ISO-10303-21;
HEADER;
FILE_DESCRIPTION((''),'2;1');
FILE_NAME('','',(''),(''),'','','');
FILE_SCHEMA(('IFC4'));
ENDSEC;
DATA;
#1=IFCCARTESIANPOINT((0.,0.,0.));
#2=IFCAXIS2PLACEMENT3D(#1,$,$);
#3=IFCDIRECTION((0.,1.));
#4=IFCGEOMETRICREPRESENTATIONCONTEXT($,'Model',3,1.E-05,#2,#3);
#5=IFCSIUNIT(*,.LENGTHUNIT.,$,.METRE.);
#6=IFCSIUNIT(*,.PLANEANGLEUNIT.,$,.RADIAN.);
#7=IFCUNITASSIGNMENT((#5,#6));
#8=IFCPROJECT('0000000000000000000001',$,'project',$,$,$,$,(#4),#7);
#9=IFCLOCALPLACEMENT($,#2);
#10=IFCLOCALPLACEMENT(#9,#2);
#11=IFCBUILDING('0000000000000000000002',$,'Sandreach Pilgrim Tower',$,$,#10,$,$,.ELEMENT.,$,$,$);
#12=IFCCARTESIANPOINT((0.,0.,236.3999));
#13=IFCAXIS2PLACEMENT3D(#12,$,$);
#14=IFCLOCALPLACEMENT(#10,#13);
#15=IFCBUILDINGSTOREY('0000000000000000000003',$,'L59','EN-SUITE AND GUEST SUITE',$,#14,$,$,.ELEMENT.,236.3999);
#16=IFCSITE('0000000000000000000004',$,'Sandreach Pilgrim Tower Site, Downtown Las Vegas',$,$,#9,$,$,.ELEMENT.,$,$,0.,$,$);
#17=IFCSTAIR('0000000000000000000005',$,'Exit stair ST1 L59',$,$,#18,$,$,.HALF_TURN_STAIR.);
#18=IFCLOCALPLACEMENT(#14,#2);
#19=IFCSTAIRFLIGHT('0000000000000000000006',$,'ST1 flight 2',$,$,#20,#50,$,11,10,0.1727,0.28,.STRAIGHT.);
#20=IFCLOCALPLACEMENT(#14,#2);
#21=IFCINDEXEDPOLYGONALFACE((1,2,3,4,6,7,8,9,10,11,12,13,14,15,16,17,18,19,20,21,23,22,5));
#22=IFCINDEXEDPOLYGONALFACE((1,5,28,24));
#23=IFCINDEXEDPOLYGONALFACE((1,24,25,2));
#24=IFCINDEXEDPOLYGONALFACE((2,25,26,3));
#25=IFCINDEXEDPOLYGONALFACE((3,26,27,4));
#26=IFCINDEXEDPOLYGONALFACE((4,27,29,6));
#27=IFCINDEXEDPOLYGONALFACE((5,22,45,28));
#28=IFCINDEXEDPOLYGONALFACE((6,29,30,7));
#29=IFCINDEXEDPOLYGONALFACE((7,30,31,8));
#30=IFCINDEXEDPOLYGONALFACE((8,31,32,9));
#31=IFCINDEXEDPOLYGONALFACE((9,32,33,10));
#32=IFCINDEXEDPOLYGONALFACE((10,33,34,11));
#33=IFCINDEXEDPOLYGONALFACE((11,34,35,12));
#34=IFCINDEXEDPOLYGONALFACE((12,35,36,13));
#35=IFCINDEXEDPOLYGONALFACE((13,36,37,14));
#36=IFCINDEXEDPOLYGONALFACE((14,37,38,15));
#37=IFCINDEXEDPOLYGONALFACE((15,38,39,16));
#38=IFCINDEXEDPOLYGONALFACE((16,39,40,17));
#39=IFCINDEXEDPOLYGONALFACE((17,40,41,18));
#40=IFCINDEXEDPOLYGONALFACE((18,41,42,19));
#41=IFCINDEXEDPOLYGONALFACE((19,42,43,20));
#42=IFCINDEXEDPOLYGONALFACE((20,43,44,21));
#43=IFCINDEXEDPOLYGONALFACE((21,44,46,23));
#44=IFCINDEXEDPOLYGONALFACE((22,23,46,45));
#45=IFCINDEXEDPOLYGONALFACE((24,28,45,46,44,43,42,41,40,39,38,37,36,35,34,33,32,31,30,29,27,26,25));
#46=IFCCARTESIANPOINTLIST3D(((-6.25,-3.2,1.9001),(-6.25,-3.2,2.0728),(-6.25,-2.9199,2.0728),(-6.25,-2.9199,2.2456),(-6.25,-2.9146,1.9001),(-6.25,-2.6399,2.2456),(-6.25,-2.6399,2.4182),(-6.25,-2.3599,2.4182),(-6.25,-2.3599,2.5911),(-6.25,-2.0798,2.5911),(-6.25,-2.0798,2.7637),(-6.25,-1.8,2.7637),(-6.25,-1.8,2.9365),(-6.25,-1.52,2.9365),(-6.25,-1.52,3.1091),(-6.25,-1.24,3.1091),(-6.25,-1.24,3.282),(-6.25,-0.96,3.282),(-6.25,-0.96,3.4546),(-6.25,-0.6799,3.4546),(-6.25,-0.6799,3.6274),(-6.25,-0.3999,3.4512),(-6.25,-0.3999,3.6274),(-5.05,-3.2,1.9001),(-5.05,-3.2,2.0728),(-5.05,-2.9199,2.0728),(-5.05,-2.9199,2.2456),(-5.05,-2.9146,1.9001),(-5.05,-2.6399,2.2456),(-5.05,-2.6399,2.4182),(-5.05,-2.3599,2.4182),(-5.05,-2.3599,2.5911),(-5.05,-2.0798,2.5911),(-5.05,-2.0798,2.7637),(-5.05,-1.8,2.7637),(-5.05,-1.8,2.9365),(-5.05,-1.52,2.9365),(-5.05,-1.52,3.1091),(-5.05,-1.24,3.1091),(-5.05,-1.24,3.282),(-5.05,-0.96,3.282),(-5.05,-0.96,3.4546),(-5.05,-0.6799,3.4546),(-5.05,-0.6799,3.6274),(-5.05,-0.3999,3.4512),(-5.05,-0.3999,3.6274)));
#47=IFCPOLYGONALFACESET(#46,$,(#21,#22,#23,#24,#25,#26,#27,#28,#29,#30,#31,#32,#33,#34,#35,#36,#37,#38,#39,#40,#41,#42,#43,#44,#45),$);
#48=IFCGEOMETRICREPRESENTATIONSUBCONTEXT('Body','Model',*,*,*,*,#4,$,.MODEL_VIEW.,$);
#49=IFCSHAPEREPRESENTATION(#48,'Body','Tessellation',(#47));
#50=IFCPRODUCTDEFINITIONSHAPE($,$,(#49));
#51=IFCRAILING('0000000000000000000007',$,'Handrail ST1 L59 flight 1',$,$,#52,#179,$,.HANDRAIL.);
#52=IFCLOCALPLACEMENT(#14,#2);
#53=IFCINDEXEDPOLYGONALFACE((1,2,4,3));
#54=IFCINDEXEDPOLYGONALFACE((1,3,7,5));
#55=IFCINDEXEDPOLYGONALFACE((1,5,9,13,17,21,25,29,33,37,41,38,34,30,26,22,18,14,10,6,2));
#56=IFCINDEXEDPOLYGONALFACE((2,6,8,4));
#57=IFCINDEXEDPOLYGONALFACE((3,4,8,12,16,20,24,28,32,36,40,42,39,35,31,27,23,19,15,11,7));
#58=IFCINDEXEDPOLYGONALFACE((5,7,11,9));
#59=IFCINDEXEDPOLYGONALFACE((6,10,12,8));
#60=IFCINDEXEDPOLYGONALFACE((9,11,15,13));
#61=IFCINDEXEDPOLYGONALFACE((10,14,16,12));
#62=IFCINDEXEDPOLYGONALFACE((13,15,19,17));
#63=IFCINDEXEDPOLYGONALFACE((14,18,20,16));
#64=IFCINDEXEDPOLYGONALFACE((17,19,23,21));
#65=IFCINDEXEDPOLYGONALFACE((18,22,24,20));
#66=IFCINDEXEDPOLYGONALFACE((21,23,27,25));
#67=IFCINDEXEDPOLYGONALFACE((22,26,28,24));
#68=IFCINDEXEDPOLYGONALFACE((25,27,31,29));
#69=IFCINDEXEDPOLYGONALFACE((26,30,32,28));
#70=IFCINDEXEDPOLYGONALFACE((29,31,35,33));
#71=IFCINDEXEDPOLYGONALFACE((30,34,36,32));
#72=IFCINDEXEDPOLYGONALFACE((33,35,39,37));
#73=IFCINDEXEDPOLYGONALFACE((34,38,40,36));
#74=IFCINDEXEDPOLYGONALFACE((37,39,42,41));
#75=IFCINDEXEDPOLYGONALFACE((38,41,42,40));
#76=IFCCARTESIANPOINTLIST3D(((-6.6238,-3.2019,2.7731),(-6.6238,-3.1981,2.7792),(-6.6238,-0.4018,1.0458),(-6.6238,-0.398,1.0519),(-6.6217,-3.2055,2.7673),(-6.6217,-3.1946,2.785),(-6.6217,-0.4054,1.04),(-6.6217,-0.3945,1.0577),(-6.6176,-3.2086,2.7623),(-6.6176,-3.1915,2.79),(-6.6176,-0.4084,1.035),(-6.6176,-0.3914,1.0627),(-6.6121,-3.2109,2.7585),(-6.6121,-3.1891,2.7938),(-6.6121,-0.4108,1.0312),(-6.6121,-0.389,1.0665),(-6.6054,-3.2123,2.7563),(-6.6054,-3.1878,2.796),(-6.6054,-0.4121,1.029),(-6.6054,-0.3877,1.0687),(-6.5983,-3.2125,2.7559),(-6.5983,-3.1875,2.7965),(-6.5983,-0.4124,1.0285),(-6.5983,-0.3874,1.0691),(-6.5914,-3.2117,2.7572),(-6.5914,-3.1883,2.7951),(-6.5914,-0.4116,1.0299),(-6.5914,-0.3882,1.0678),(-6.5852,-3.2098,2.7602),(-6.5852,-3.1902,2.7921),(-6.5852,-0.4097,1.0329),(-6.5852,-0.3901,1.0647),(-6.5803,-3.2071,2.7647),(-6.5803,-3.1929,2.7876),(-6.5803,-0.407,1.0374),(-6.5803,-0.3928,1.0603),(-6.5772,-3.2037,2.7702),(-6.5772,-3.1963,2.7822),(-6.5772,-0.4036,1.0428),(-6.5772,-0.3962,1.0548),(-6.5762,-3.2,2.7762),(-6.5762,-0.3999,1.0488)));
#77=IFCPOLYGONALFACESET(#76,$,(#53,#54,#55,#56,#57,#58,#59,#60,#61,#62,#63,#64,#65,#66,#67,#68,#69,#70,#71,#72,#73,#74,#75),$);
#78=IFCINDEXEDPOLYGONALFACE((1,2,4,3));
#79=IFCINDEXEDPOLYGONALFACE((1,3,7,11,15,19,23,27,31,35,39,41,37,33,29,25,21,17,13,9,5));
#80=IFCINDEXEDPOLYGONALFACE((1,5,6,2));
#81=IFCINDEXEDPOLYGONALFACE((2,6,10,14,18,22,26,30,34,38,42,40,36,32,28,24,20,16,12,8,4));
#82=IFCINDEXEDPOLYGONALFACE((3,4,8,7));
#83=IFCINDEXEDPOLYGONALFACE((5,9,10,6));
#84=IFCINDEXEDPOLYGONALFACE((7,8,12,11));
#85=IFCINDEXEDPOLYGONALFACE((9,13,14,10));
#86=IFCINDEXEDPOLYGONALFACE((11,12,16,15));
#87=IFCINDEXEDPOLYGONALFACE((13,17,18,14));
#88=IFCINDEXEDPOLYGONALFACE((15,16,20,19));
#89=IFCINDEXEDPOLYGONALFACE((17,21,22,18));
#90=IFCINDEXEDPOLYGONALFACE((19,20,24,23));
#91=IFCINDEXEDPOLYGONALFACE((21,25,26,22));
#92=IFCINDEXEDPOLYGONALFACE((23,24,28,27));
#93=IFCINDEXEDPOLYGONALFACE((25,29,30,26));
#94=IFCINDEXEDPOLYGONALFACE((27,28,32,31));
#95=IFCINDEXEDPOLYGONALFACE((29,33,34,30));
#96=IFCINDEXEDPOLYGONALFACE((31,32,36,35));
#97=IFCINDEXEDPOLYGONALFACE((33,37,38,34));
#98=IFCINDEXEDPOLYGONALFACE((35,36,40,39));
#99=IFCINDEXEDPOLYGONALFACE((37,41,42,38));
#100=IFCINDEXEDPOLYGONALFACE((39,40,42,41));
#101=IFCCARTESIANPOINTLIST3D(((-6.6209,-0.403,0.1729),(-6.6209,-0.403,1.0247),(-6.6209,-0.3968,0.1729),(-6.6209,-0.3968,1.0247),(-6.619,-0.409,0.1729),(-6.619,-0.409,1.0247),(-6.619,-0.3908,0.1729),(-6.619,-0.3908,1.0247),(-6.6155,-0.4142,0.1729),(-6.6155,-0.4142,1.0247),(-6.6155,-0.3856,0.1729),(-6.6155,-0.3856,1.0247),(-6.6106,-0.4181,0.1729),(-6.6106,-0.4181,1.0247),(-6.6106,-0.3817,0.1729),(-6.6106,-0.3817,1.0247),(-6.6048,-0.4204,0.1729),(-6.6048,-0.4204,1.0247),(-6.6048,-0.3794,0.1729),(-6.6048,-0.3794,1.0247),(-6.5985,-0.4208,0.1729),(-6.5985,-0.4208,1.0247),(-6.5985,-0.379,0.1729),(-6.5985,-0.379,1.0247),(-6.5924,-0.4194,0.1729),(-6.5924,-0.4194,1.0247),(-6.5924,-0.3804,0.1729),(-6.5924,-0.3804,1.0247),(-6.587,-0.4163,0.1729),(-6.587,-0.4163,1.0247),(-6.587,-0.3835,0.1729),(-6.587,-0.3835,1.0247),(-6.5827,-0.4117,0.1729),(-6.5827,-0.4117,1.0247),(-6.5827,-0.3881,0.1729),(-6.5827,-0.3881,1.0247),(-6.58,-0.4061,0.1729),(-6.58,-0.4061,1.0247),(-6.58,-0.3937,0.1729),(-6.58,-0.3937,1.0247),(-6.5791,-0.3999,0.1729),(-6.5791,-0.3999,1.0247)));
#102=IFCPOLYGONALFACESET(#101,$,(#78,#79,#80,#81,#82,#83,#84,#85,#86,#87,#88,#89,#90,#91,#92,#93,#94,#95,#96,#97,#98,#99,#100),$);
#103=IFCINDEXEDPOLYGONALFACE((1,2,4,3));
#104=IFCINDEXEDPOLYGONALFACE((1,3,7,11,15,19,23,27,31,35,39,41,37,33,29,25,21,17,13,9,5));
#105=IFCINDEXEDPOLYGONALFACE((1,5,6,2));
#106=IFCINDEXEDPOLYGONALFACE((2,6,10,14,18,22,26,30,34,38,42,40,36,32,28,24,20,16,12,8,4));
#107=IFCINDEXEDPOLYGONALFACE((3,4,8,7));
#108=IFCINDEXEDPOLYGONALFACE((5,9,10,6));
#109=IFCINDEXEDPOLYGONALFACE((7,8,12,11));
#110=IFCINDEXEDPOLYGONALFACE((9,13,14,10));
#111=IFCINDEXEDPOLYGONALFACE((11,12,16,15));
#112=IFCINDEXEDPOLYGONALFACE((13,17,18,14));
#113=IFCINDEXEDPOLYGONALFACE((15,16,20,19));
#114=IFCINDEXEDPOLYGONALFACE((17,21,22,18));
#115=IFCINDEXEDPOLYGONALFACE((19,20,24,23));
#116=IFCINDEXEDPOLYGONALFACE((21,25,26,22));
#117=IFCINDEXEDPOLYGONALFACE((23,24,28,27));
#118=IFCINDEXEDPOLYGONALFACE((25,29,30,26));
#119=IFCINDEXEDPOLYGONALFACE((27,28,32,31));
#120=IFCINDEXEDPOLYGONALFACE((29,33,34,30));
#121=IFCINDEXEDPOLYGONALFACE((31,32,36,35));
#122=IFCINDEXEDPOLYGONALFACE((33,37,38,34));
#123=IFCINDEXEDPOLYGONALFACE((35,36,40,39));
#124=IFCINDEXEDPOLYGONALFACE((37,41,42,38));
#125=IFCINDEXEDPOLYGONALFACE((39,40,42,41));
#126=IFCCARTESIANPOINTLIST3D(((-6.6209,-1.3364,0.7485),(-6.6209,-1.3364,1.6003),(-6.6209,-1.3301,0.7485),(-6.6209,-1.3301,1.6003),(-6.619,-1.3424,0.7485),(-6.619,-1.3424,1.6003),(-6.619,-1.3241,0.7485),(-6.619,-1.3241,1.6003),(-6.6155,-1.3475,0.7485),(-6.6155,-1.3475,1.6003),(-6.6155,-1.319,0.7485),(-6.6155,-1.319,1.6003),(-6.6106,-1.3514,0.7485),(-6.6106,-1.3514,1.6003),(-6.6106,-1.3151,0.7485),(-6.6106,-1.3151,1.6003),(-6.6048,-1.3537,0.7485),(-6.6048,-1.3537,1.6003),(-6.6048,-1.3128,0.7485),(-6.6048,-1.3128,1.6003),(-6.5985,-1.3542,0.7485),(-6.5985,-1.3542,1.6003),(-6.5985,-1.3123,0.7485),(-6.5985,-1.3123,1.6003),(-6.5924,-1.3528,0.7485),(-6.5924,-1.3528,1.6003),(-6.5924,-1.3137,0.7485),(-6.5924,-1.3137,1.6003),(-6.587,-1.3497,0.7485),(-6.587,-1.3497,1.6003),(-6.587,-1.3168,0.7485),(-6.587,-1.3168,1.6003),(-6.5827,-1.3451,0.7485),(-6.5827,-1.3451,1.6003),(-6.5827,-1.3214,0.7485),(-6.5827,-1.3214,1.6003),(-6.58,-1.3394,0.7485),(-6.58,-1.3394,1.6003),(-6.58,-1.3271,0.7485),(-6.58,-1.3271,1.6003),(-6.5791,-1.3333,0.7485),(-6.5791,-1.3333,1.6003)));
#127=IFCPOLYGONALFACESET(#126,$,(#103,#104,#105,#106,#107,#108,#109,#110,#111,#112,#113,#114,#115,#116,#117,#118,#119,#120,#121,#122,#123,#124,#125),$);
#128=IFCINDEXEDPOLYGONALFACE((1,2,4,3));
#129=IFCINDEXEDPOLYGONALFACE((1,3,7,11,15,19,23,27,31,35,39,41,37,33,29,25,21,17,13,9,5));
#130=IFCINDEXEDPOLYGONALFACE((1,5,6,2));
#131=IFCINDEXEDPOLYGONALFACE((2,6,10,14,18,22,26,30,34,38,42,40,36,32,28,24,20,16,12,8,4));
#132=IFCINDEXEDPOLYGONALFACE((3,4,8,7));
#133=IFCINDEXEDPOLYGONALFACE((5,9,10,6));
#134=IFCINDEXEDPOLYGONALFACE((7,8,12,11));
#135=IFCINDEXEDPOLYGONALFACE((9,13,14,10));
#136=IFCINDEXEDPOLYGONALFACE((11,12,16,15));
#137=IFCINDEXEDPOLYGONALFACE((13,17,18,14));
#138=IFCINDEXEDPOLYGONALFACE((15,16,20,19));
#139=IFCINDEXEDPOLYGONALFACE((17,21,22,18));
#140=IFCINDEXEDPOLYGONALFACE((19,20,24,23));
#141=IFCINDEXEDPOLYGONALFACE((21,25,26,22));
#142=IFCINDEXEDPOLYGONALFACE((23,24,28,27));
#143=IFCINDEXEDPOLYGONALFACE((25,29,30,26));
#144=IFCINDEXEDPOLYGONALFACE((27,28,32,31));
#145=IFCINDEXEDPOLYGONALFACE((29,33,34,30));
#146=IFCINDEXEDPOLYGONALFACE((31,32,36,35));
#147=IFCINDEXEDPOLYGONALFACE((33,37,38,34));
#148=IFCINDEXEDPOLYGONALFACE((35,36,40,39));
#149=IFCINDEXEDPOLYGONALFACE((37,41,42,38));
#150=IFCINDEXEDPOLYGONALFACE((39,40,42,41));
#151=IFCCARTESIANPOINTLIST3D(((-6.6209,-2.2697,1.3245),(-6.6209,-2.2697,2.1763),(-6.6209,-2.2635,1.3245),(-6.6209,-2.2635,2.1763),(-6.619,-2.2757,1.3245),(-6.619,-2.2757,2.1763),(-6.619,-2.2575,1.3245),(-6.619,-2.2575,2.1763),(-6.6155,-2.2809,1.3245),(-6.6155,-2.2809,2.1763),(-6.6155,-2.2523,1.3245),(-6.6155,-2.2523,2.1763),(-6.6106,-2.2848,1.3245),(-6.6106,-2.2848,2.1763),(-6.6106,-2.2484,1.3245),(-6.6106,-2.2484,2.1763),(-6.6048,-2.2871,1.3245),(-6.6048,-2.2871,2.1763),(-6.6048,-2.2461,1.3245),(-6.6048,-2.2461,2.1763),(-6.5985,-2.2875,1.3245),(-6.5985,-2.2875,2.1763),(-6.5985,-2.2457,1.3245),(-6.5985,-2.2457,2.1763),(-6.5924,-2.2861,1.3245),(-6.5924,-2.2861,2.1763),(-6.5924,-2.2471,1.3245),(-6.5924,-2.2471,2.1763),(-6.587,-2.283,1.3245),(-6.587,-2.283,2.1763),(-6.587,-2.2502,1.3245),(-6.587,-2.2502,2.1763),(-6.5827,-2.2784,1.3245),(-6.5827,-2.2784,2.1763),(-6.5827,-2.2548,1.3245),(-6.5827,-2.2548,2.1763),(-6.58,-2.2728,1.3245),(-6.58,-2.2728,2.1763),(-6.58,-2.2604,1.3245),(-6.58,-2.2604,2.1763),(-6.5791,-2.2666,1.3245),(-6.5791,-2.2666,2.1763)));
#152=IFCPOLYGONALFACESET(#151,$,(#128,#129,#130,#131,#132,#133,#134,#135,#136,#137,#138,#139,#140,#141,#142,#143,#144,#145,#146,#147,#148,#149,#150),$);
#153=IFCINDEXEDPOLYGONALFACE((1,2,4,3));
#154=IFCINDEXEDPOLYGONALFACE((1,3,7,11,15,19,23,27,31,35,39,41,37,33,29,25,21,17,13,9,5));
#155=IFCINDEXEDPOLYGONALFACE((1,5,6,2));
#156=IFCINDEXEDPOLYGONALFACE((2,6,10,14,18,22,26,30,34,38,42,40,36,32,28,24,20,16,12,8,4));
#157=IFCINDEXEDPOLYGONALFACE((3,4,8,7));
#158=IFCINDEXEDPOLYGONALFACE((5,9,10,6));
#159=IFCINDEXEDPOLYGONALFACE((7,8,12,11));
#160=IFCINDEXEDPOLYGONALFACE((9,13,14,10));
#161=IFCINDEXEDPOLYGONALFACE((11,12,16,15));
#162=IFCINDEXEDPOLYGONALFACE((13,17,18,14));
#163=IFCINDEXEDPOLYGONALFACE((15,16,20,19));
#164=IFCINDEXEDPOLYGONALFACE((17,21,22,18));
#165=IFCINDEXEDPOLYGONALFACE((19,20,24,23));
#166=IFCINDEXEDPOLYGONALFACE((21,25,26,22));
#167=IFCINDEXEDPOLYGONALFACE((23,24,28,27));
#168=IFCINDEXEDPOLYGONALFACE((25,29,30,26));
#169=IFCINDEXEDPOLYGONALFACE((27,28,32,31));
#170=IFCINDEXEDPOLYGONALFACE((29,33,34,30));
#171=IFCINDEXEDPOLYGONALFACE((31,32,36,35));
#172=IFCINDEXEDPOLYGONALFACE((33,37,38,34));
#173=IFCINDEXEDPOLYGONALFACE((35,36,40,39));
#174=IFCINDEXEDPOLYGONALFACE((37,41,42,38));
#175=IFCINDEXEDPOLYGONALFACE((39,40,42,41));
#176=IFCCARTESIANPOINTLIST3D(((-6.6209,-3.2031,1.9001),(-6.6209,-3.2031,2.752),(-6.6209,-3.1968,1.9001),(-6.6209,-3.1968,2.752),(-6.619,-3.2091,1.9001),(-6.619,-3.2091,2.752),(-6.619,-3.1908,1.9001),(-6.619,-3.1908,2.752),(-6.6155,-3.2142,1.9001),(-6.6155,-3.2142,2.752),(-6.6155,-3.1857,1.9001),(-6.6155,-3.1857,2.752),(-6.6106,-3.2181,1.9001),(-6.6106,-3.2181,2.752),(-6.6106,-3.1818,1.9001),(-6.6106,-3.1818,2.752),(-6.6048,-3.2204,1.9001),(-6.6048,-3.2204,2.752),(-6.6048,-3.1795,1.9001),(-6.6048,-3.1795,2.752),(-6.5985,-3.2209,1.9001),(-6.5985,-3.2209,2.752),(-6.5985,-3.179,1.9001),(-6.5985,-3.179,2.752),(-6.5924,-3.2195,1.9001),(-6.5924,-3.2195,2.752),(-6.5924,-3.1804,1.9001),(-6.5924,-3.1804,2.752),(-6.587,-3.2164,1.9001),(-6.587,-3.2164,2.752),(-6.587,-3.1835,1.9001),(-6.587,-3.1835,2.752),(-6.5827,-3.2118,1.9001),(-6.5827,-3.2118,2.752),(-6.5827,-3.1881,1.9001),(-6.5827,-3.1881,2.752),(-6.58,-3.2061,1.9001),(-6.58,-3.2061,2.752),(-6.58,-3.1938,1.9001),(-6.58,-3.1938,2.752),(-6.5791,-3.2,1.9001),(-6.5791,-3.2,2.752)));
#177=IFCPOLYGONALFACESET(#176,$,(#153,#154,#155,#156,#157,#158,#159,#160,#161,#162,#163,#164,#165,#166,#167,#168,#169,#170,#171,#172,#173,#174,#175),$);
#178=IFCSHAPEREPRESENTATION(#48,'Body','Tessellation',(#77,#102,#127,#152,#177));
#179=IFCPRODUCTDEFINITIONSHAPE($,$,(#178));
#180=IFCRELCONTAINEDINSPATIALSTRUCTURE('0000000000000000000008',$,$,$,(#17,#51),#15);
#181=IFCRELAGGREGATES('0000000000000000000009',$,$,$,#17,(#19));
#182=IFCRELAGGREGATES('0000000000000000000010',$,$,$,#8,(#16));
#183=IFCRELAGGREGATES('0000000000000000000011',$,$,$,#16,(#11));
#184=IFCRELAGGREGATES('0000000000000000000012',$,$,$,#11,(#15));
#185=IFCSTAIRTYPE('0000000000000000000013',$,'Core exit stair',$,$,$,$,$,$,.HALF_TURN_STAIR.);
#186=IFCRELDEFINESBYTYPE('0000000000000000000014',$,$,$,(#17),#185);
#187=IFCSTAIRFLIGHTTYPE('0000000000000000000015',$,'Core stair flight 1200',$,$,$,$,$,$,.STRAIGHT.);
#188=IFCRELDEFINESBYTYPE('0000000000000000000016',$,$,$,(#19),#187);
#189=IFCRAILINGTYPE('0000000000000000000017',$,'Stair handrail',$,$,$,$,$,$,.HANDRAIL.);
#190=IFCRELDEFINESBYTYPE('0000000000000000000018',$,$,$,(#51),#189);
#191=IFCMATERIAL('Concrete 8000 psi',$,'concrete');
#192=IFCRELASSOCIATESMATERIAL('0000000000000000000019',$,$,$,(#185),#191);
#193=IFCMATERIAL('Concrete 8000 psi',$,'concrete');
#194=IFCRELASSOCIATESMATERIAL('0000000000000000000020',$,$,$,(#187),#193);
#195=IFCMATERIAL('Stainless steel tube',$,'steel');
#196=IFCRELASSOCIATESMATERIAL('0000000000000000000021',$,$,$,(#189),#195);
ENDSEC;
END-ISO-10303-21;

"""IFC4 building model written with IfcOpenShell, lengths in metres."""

from ifc_helpers import new_model, si_unit, direction, frame, origin, origin_2d, place, context, subcontext, project, spatial, polyline, circle, outline, extrude, material, type_object, element, aggregate, save


model = new_model("IFC4")

# Units and contexts
model_context = context("Model", 3, precision=1e-05, world=origin(), true_north=direction((0.0, 1.0)))
body_context = subcontext(model_context, "Body", "Model", "MODEL_VIEW")
ifc_project = project(units=[si_unit("LENGTHUNIT", "METRE"), si_unit("PLANEANGLEUNIT", "RADIAN")], contexts=[model_context])

# Site, building, storey
site_placement = place(None, origin())
site = spatial("IfcSite", under=ifc_project, at=site_placement, Name="Sandreach Pilgrim Tower Site, Downtown Las Vegas", CompositionType="ELEMENT", RefElevation=0.0)
building_placement = place(site_placement, origin())
building = spatial("IfcBuilding", under=site, at=building_placement, Name="Sandreach Pilgrim Tower", CompositionType="ELEMENT")
storey_placement = place(building_placement, frame((0.0, 0.0, 236.3999)))
storey = spatial("IfcBuildingStorey", under=building, at=storey_placement, Name="L59", Description="EN-SUITE AND GUEST SUITE", CompositionType="ELEMENT", Elevation=236.3999)

# Stair, stair flight
ifc_material_1 = material(Name="Concrete 8000 psi", Category="concrete")
stair_type = type_object("IfcStairType", Name="Core exit stair", PredefinedType="HALF_TURN_STAIR", material=ifc_material_1)
stair_placement = place(storey_placement, origin())
stair = element("IfcStair", 1, at=stair_placement, inside=storey, type_object=stair_type, Name="Exit stair ST1 L59", PredefinedType="HALF_TURN_STAIR")
ifc_material_2 = material(Name="Concrete 8000 psi", Category="concrete")
stair_flight_type = type_object("IfcStairFlightType", Name="Core stair flight 1200", PredefinedType="STRAIGHT", material=ifc_material_2)
stair_flight_1_placement = place(storey_placement, frame((-5.6499, -3.2, 1.9001), z_axis=(0.0, 0.0, 1.0), x_axis=(0.0, 1.0, 0.0)))
stair_flight_1 = element("IfcStairFlight", 2, at=stair_flight_1_placement, type_object=stair_flight_type, Name="ST1 flight 2", NumberOfRisers=11, NumberOfTreads=10, PredefinedType="STRAIGHT", RiserHeight=0.1727, TreadLength=0.28, context=body_context, shape_type="SweptSolid", body=[
    extrude(outline(polyline([(0.0, 0.0), (0.0, 0.1726), (0.28, 0.1726), (0.28, 0.3455), (0.5601, 0.3455), (0.5601, 0.5181), (0.8401, 0.5181), (0.8401, 0.6909), (1.1201, 0.6909), (1.1201, 0.8635), (1.3999, 0.8635), (1.3999, 1.0364), (1.6799, 1.0364), (1.6799, 1.209), (1.96, 1.209), (1.96, 1.3818), (2.24, 1.3818), (2.24, 1.5544), (2.52, 1.5544), (2.52, 1.7273), (2.8, 1.7273), (2.8, 1.8999), (2.8, 1.551), (0.2854, 0.0), (0.0, 0.0)])), frame((0.0, 0.6001, 0.0), z_axis=(0.0, -1.0, 0.0), x_axis=(1.0, 0.0, 0.0)), (0.0, 0.0, 1.0), 1.2),
])
aggregate(stair, [stair_flight_1])

# Railing
ifc_material_3 = material(Name="Stainless steel tube", Category="steel")
railing_type = type_object("IfcRailingType", Name="Stair handrail", PredefinedType="HANDRAIL", material=ifc_material_3)
for number, where, name in (
    (3, (-6.6001, -0.3999, 0.1729), "Handrail ST1 L59 flight 1"),
):
    element("IfcRailing", number, at=place(storey_placement, frame(where)), inside=storey, type_object=railing_type, Name=name, PredefinedType="HANDRAIL", context=body_context, shape_type="SweptSolid", body=[
        extrude(circle(Radius=0.0239, at=origin_2d()), frame((0.0, 0.0, 0.876), z_axis=(0.0, -0.85109, 0.52502), x_axis=(1.0, 0.0, 0.0)), (0.0, 0.0, 1.0), 3.29),
        extrude(circle(Radius=0.021, at=origin_2d()), origin(), (0.0, 0.0, 1.0), 0.8518),
        extrude(circle(Radius=0.021, at=origin_2d()), frame((0.0, -0.9333, 0.5757)), (0.0, 0.0, 1.0), 0.8518),
        extrude(circle(Radius=0.021, at=origin_2d()), frame((0.0, -1.8667, 1.1516)), (0.0, 0.0, 1.0), 0.8518),
        extrude(circle(Radius=0.021, at=origin_2d()), frame((0.0, -2.8, 1.7273)), (0.0, 0.0, 1.0), 0.8518),
    ])

save(model, "model.ifc")
